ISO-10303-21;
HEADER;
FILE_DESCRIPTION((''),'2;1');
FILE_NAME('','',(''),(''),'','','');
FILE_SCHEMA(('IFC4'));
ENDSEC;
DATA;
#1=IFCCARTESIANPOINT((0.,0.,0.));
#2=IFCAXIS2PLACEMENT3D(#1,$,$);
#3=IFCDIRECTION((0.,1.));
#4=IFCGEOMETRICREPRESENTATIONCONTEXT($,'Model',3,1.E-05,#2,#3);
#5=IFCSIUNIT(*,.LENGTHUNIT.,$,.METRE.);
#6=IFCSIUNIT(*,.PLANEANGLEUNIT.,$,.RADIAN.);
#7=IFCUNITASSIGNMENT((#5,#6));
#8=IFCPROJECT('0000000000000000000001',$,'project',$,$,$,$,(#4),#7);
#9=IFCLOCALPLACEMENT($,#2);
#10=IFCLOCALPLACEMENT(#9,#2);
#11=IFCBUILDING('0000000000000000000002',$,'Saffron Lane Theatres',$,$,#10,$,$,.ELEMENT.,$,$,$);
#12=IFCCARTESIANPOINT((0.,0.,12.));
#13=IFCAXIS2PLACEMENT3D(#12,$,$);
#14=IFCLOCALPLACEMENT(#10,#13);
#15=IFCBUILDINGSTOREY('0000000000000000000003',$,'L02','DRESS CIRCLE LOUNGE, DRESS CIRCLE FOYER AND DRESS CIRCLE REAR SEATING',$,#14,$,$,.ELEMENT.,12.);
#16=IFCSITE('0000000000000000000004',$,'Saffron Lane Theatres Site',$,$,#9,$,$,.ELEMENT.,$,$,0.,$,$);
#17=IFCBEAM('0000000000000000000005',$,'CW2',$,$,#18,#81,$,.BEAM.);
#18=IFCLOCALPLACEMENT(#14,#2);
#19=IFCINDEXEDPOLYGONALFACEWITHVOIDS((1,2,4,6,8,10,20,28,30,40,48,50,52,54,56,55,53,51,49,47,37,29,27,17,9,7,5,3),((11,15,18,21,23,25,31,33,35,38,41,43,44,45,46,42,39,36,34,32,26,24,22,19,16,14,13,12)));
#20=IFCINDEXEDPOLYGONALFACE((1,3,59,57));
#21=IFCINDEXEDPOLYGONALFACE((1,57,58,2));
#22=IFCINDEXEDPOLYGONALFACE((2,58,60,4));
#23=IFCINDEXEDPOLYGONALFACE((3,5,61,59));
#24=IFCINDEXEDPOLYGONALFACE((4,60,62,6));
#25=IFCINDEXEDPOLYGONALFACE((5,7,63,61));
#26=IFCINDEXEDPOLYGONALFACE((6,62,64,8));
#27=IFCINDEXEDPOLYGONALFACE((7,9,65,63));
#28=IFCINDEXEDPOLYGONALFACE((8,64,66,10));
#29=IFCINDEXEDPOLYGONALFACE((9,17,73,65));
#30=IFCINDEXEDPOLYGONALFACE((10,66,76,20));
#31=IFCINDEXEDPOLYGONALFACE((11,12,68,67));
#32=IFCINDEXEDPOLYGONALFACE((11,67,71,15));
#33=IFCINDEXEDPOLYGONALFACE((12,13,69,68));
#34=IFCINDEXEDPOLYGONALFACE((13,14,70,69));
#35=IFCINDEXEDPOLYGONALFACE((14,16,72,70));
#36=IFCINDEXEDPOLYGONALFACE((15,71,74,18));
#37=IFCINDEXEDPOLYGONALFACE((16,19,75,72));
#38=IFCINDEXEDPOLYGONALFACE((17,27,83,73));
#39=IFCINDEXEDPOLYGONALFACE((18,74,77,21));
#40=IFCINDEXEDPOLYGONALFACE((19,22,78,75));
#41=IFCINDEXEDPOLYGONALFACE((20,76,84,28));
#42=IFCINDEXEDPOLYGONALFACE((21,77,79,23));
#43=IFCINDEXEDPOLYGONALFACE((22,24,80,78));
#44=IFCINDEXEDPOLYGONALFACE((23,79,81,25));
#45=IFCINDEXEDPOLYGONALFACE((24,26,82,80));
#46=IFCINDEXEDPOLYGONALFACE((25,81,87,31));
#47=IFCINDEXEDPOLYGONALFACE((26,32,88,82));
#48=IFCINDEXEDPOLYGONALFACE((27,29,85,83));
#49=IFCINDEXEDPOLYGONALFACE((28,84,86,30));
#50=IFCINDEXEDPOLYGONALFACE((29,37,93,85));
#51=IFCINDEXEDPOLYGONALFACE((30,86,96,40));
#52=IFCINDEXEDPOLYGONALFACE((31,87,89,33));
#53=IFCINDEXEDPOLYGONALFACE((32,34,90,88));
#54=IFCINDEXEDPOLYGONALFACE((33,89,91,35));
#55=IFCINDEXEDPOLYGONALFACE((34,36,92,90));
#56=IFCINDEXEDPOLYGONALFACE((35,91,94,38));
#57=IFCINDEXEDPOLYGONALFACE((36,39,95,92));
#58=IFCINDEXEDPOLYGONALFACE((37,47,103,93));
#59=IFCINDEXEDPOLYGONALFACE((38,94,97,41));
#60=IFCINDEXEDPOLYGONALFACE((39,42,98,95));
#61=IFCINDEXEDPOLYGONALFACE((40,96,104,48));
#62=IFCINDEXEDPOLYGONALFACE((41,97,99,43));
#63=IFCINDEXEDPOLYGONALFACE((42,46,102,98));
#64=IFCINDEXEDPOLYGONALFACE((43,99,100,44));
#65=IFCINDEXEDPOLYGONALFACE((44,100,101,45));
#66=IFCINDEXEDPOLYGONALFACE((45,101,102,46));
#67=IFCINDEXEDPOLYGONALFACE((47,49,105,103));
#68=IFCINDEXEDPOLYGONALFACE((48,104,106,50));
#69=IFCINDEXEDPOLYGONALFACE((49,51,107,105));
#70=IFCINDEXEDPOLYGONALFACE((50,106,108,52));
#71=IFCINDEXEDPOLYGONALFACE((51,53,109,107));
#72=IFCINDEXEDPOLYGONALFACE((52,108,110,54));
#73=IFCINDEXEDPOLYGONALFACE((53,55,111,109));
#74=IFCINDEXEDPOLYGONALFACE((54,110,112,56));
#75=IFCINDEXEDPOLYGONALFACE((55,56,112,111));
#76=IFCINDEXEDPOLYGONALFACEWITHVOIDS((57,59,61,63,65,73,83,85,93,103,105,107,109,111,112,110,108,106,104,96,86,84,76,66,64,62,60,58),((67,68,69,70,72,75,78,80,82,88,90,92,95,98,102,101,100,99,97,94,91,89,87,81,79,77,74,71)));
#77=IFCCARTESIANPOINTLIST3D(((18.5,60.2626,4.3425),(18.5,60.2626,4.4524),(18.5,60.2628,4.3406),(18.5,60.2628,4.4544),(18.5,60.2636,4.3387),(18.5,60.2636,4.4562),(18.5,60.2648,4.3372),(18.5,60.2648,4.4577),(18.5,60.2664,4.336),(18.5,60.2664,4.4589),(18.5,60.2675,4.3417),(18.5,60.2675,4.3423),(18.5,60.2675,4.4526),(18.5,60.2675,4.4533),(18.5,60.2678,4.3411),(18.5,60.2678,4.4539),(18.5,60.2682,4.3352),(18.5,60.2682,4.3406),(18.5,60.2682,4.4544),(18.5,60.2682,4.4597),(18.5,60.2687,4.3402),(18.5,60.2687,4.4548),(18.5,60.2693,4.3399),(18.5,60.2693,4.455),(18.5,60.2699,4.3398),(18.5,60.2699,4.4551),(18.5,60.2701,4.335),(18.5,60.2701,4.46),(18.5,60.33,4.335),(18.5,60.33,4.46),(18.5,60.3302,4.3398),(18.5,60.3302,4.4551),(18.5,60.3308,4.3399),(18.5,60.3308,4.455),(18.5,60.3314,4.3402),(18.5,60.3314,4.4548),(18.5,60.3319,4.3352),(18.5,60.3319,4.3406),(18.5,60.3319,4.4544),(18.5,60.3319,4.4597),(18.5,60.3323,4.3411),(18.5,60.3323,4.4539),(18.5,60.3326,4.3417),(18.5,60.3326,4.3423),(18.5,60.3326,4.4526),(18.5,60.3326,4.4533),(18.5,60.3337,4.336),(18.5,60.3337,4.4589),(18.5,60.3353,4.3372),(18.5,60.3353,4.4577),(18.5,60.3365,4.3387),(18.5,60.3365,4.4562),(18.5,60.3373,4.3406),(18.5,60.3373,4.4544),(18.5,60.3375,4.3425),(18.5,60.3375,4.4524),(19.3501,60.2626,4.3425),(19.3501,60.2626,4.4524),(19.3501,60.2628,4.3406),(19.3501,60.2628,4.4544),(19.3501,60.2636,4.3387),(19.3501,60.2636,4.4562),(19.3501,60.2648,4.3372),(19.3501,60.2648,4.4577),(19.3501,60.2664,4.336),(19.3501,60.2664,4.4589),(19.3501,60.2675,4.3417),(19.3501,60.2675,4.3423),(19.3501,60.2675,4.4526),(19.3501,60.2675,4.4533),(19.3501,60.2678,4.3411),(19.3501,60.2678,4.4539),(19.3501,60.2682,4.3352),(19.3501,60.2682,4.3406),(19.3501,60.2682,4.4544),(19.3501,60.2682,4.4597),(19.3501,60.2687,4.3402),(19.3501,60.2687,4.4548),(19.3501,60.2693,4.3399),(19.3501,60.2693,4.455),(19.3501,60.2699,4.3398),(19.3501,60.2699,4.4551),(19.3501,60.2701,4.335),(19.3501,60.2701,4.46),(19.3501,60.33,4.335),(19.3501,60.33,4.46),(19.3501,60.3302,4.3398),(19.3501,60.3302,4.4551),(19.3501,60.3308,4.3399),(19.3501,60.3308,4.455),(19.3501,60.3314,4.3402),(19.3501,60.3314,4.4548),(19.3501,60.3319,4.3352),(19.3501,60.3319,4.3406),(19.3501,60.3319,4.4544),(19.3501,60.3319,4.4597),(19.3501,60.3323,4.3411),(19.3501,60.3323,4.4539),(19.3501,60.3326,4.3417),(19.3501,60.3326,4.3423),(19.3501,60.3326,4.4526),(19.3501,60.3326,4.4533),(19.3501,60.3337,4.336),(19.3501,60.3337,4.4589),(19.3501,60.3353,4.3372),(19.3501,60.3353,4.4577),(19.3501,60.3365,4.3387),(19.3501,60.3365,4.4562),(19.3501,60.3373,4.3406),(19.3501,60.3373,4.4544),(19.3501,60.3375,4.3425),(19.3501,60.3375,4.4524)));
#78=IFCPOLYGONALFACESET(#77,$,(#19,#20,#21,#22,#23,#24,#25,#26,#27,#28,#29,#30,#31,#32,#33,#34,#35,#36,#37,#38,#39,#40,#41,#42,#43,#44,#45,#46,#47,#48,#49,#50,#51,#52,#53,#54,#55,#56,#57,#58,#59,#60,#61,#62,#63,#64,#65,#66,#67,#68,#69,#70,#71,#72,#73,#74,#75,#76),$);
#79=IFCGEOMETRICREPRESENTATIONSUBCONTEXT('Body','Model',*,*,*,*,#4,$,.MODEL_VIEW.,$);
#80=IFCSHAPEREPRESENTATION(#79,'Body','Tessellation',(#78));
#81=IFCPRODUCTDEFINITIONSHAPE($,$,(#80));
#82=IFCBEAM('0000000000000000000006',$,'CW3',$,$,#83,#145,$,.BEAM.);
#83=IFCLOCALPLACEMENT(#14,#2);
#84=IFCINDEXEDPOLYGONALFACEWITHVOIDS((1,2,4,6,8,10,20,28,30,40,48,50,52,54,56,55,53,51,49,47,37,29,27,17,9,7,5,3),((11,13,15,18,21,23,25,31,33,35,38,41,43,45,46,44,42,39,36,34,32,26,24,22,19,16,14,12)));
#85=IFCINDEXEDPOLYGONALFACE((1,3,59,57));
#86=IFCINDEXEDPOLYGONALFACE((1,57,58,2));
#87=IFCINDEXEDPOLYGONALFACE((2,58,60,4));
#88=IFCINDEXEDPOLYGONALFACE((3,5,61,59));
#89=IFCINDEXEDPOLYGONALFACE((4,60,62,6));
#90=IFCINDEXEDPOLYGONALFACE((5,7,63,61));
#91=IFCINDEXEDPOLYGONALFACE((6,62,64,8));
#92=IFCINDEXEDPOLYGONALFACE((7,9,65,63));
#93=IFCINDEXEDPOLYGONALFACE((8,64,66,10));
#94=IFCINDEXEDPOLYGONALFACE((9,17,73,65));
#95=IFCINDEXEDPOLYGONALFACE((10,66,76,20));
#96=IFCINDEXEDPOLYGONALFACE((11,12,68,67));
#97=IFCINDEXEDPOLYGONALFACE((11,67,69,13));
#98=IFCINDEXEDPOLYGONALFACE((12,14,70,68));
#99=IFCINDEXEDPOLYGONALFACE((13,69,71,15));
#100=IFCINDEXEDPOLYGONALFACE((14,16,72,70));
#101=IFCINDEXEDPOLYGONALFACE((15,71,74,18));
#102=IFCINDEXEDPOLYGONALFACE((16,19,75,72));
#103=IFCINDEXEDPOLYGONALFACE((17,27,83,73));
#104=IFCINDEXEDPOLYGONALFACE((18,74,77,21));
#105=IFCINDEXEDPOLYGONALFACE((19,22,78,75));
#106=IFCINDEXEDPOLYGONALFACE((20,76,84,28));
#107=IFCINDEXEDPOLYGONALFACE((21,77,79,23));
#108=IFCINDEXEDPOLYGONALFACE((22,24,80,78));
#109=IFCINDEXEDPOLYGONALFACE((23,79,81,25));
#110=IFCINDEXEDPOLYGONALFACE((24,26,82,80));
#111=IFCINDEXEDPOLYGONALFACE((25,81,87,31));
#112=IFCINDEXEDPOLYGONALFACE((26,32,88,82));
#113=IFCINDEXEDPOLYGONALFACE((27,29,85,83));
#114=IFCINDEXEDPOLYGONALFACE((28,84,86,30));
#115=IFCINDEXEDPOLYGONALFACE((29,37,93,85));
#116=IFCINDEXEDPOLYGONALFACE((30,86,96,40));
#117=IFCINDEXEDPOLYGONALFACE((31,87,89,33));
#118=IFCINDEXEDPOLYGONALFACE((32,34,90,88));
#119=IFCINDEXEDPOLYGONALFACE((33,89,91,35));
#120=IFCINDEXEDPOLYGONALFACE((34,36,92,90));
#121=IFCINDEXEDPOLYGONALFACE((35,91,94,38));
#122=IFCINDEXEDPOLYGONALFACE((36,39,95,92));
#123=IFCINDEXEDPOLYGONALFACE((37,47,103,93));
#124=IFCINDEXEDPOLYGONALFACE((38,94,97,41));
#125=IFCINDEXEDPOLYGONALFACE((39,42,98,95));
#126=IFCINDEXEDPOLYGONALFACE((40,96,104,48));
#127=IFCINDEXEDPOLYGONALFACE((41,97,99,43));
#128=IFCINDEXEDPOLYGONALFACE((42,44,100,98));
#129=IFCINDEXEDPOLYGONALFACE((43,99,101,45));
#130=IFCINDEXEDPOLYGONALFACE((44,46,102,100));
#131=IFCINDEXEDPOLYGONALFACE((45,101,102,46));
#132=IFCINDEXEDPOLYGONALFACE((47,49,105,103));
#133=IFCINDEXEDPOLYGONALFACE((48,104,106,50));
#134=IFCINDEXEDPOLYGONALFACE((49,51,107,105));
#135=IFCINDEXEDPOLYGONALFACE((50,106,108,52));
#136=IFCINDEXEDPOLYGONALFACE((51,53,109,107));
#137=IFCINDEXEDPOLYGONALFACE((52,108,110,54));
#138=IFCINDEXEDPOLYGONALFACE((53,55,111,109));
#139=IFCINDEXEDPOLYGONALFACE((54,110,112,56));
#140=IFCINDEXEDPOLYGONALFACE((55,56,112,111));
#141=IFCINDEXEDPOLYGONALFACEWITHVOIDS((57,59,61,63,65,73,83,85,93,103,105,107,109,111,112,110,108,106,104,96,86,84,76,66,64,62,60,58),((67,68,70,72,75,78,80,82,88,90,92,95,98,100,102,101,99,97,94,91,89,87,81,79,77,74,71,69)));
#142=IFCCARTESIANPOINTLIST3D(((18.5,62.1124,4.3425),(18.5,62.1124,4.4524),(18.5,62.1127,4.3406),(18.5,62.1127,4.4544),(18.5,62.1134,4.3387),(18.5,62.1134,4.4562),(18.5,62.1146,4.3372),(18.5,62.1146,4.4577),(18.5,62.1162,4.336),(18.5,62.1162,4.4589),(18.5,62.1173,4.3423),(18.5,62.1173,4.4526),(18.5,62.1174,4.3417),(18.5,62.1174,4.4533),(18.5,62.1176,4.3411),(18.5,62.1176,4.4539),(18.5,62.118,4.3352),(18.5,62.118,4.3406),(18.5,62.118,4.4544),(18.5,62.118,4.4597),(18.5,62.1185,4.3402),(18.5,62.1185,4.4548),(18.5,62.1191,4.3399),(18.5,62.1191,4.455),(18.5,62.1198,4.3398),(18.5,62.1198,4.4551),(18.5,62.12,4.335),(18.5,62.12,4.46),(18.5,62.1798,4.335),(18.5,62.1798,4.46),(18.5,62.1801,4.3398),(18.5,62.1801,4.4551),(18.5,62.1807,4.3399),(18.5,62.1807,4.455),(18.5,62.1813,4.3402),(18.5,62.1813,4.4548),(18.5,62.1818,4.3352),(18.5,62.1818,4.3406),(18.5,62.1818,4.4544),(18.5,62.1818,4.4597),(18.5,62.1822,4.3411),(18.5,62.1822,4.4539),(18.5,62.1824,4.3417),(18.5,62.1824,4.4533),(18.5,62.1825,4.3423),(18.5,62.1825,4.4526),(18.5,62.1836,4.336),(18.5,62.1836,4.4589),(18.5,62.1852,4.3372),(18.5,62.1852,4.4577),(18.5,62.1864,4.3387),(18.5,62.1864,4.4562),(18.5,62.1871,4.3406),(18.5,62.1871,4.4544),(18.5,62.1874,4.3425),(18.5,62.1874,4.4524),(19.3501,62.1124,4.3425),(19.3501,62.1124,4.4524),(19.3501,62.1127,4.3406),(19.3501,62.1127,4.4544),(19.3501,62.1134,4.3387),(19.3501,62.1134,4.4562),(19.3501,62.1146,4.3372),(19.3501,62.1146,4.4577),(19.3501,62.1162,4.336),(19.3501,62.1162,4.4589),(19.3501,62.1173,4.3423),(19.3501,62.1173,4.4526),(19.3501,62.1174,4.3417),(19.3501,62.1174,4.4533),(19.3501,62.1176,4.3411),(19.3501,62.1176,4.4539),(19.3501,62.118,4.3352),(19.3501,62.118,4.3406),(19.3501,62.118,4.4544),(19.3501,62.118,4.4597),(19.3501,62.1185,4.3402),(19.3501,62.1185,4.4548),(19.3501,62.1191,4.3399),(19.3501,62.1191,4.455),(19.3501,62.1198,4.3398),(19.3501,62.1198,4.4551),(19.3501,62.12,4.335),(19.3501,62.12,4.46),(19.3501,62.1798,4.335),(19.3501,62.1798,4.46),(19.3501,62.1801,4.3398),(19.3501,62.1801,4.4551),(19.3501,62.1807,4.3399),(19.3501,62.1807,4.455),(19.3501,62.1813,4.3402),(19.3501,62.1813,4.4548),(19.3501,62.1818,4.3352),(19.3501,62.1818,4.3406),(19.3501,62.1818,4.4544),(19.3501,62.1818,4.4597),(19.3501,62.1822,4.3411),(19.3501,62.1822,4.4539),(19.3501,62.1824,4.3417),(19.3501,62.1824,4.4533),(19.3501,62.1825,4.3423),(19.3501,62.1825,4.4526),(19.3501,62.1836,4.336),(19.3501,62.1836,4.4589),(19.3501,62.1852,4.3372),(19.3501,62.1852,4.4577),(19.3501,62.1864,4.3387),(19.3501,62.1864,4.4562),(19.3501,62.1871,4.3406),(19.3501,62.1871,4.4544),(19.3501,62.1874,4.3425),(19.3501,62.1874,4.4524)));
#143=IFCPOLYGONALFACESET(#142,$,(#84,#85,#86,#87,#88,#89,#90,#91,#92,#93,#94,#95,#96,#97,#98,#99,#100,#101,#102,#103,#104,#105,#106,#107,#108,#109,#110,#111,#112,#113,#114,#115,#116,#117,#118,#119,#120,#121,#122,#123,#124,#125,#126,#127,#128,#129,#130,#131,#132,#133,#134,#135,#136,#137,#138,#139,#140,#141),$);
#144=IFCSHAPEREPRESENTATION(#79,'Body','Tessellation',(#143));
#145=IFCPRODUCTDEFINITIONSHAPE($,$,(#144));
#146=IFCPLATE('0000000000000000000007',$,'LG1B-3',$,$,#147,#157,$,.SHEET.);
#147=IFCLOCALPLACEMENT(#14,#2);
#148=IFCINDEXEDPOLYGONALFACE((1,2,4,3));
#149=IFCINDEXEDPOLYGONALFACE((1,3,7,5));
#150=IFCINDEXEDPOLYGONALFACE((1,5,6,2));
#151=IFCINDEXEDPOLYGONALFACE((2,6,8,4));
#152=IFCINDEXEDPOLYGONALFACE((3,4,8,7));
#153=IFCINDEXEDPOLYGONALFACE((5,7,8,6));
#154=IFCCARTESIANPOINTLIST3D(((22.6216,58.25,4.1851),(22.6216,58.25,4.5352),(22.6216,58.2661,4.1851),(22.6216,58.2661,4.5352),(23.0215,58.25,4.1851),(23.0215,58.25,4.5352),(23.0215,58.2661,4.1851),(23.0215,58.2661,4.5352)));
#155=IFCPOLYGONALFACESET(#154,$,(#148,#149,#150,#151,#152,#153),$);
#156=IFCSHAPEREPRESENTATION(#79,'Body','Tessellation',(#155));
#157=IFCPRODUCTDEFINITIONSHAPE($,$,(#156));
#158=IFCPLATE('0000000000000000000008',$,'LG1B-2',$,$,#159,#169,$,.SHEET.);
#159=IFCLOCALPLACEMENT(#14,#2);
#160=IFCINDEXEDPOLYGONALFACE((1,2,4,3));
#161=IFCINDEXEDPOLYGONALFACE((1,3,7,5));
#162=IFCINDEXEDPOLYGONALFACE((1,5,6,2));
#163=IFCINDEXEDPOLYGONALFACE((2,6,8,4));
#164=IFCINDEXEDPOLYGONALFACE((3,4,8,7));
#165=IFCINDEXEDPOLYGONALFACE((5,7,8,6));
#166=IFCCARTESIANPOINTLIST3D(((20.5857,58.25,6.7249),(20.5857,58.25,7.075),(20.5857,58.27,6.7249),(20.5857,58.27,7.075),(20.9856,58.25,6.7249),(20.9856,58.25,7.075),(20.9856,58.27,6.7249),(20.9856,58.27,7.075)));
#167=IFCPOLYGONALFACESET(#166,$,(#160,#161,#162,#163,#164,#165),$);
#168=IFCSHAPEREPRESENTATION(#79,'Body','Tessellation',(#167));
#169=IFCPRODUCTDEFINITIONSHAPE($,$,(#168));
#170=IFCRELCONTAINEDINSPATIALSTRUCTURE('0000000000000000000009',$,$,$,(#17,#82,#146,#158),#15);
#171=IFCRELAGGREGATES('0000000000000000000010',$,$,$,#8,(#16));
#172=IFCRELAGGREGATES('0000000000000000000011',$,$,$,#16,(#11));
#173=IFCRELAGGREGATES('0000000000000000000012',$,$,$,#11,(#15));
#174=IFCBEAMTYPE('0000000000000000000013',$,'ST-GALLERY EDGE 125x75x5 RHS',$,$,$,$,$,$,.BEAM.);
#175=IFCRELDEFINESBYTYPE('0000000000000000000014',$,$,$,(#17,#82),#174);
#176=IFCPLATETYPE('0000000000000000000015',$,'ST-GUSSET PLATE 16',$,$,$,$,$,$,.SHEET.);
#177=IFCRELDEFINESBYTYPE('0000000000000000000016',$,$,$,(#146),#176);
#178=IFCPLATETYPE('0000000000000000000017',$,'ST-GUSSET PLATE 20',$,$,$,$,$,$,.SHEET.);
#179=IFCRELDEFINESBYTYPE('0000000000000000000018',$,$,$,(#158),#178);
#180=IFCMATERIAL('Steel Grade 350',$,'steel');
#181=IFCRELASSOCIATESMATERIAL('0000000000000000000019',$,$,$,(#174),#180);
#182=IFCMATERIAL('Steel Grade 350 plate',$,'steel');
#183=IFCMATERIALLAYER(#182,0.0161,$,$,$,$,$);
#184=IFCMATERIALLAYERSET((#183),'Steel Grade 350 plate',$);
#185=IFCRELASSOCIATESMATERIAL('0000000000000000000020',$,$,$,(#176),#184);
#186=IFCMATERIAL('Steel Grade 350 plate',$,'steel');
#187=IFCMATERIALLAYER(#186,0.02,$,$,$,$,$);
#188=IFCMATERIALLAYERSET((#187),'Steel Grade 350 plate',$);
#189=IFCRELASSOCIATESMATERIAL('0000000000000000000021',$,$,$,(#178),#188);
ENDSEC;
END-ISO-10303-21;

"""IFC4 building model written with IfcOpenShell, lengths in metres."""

from ifc_helpers import new_model, si_unit, direction, frame, origin, origin_2d, place, context, subcontext, project, spatial, rectangle, hollow_rectangle, extrude, material, layer, layer_set, material_profile, profile_set, type_object, element, save


model = new_model("IFC4")

# Units and contexts
model_context = context("Model", 3, precision=1e-05, world=origin(), true_north=direction((0.0, 1.0)))
body_context = subcontext(model_context, "Body", "Model", "MODEL_VIEW")
ifc_project = project(units=[si_unit("LENGTHUNIT", "METRE"), si_unit("PLANEANGLEUNIT", "RADIAN")], contexts=[model_context])

# Site, building, storey
site_placement = place(None, origin())
site = spatial("IfcSite", under=ifc_project, at=site_placement, Name="Saffron Lane Theatres Site", CompositionType="ELEMENT", RefElevation=0.0)
building_placement = place(site_placement, origin())
building = spatial("IfcBuilding", under=site, at=building_placement, Name="Saffron Lane Theatres", CompositionType="ELEMENT")
storey_placement = place(building_placement, frame((0.0, 0.0, 12.0)))
storey = spatial("IfcBuildingStorey", under=building, at=storey_placement, Name="L02", Description="DRESS CIRCLE LOUNGE, DRESS CIRCLE FOYER AND DRESS CIRCLE REAR SEATING", CompositionType="ELEMENT", Elevation=12.0)

# Beams
ifc_material_1 = material(Name="Steel Grade 350", Category="steel")
ifc_material_profile_1 = material_profile(ifc_material_1, hollow_rectangle(XDim=0.075, YDim=0.125, WallThickness=0.0049, InnerFilletRadius=0.0024, OuterFilletRadius=0.0076, at=origin_2d()))
ifc_profile_set_1 = profile_set([ifc_material_profile_1], Name="Steel Grade 350")
beam_type_1 = type_object("IfcBeamType", Name="ST-GALLERY EDGE 125x75x5 RHS", PredefinedType="BEAM", material=ifc_profile_set_1)
for number, where, z_axis, x_axis, name in (
    (1, (18.5, 60.3, 4.3975), (1.0, 0.0, 0.0), (0.0, 1.0, 0.0), "CW2"),
    (2, (18.5, 62.1499, 4.3975), (1.0, 0.0, 0.0), (0.0, 1.0, 0.0), "CW3"),
):
    element("IfcBeam", number, at=place(storey_placement, frame(where, z_axis=z_axis, x_axis=x_axis)), inside=storey, type_object=beam_type_1, Name=name, PredefinedType="BEAM", context=body_context, shape_type="SweptSolid", body=[
        extrude(hollow_rectangle(XDim=0.075, YDim=0.125, WallThickness=0.0049, InnerFilletRadius=0.0024, OuterFilletRadius=0.0076, at=origin_2d()), origin(), (0.0, 0.0, 1.0), 0.8501),
    ])

# Plates
ifc_material_2 = material(Name="Steel Grade 350 plate", Category="steel")
ifc_layer_1 = layer(ifc_material_2, 0.0161)
ifc_layer_set_1 = layer_set([ifc_layer_1], Name="Steel Grade 350 plate")
plate_type_1 = type_object("IfcPlateType", Name="ST-GUSSET PLATE 16", PredefinedType="SHEET", material=ifc_layer_set_1)
plate_1_placement = place(storey_placement, frame((22.8215, 58.2581, 4.1851), z_axis=(0.0, 0.0, 1.0), x_axis=(1.0, 0.0, 0.0)))
element("IfcPlate", 3, at=plate_1_placement, inside=storey, type_object=plate_type_1, Name="LG1B-3", PredefinedType="SHEET", context=body_context, shape_type="SweptSolid", body=[
    extrude(rectangle(XDim=0.3999, YDim=0.0161, at=origin_2d()), origin(), (0.0, 0.0, 1.0), 0.3501),
])
ifc_material_3 = material(Name="Steel Grade 350 plate", Category="steel")
ifc_layer_2 = layer(ifc_material_3, 0.02)
ifc_layer_set_2 = layer_set([ifc_layer_2], Name="Steel Grade 350 plate")
plate_type_2 = type_object("IfcPlateType", Name="ST-GUSSET PLATE 20", PredefinedType="SHEET", material=ifc_layer_set_2)
plate_2_placement = place(storey_placement, frame((20.7856, 58.26, 6.7249), z_axis=(0.0, 0.0, 1.0), x_axis=(1.0, 0.0, 0.0)))
element("IfcPlate", 4, at=plate_2_placement, inside=storey, type_object=plate_type_2, Name="LG1B-2", PredefinedType="SHEET", context=body_context, shape_type="SweptSolid", body=[
    extrude(rectangle(XDim=0.3999, YDim=0.02, at=origin_2d()), origin(), (0.0, 0.0, 1.0), 0.3501),
])

save(model, "model.ifc")
